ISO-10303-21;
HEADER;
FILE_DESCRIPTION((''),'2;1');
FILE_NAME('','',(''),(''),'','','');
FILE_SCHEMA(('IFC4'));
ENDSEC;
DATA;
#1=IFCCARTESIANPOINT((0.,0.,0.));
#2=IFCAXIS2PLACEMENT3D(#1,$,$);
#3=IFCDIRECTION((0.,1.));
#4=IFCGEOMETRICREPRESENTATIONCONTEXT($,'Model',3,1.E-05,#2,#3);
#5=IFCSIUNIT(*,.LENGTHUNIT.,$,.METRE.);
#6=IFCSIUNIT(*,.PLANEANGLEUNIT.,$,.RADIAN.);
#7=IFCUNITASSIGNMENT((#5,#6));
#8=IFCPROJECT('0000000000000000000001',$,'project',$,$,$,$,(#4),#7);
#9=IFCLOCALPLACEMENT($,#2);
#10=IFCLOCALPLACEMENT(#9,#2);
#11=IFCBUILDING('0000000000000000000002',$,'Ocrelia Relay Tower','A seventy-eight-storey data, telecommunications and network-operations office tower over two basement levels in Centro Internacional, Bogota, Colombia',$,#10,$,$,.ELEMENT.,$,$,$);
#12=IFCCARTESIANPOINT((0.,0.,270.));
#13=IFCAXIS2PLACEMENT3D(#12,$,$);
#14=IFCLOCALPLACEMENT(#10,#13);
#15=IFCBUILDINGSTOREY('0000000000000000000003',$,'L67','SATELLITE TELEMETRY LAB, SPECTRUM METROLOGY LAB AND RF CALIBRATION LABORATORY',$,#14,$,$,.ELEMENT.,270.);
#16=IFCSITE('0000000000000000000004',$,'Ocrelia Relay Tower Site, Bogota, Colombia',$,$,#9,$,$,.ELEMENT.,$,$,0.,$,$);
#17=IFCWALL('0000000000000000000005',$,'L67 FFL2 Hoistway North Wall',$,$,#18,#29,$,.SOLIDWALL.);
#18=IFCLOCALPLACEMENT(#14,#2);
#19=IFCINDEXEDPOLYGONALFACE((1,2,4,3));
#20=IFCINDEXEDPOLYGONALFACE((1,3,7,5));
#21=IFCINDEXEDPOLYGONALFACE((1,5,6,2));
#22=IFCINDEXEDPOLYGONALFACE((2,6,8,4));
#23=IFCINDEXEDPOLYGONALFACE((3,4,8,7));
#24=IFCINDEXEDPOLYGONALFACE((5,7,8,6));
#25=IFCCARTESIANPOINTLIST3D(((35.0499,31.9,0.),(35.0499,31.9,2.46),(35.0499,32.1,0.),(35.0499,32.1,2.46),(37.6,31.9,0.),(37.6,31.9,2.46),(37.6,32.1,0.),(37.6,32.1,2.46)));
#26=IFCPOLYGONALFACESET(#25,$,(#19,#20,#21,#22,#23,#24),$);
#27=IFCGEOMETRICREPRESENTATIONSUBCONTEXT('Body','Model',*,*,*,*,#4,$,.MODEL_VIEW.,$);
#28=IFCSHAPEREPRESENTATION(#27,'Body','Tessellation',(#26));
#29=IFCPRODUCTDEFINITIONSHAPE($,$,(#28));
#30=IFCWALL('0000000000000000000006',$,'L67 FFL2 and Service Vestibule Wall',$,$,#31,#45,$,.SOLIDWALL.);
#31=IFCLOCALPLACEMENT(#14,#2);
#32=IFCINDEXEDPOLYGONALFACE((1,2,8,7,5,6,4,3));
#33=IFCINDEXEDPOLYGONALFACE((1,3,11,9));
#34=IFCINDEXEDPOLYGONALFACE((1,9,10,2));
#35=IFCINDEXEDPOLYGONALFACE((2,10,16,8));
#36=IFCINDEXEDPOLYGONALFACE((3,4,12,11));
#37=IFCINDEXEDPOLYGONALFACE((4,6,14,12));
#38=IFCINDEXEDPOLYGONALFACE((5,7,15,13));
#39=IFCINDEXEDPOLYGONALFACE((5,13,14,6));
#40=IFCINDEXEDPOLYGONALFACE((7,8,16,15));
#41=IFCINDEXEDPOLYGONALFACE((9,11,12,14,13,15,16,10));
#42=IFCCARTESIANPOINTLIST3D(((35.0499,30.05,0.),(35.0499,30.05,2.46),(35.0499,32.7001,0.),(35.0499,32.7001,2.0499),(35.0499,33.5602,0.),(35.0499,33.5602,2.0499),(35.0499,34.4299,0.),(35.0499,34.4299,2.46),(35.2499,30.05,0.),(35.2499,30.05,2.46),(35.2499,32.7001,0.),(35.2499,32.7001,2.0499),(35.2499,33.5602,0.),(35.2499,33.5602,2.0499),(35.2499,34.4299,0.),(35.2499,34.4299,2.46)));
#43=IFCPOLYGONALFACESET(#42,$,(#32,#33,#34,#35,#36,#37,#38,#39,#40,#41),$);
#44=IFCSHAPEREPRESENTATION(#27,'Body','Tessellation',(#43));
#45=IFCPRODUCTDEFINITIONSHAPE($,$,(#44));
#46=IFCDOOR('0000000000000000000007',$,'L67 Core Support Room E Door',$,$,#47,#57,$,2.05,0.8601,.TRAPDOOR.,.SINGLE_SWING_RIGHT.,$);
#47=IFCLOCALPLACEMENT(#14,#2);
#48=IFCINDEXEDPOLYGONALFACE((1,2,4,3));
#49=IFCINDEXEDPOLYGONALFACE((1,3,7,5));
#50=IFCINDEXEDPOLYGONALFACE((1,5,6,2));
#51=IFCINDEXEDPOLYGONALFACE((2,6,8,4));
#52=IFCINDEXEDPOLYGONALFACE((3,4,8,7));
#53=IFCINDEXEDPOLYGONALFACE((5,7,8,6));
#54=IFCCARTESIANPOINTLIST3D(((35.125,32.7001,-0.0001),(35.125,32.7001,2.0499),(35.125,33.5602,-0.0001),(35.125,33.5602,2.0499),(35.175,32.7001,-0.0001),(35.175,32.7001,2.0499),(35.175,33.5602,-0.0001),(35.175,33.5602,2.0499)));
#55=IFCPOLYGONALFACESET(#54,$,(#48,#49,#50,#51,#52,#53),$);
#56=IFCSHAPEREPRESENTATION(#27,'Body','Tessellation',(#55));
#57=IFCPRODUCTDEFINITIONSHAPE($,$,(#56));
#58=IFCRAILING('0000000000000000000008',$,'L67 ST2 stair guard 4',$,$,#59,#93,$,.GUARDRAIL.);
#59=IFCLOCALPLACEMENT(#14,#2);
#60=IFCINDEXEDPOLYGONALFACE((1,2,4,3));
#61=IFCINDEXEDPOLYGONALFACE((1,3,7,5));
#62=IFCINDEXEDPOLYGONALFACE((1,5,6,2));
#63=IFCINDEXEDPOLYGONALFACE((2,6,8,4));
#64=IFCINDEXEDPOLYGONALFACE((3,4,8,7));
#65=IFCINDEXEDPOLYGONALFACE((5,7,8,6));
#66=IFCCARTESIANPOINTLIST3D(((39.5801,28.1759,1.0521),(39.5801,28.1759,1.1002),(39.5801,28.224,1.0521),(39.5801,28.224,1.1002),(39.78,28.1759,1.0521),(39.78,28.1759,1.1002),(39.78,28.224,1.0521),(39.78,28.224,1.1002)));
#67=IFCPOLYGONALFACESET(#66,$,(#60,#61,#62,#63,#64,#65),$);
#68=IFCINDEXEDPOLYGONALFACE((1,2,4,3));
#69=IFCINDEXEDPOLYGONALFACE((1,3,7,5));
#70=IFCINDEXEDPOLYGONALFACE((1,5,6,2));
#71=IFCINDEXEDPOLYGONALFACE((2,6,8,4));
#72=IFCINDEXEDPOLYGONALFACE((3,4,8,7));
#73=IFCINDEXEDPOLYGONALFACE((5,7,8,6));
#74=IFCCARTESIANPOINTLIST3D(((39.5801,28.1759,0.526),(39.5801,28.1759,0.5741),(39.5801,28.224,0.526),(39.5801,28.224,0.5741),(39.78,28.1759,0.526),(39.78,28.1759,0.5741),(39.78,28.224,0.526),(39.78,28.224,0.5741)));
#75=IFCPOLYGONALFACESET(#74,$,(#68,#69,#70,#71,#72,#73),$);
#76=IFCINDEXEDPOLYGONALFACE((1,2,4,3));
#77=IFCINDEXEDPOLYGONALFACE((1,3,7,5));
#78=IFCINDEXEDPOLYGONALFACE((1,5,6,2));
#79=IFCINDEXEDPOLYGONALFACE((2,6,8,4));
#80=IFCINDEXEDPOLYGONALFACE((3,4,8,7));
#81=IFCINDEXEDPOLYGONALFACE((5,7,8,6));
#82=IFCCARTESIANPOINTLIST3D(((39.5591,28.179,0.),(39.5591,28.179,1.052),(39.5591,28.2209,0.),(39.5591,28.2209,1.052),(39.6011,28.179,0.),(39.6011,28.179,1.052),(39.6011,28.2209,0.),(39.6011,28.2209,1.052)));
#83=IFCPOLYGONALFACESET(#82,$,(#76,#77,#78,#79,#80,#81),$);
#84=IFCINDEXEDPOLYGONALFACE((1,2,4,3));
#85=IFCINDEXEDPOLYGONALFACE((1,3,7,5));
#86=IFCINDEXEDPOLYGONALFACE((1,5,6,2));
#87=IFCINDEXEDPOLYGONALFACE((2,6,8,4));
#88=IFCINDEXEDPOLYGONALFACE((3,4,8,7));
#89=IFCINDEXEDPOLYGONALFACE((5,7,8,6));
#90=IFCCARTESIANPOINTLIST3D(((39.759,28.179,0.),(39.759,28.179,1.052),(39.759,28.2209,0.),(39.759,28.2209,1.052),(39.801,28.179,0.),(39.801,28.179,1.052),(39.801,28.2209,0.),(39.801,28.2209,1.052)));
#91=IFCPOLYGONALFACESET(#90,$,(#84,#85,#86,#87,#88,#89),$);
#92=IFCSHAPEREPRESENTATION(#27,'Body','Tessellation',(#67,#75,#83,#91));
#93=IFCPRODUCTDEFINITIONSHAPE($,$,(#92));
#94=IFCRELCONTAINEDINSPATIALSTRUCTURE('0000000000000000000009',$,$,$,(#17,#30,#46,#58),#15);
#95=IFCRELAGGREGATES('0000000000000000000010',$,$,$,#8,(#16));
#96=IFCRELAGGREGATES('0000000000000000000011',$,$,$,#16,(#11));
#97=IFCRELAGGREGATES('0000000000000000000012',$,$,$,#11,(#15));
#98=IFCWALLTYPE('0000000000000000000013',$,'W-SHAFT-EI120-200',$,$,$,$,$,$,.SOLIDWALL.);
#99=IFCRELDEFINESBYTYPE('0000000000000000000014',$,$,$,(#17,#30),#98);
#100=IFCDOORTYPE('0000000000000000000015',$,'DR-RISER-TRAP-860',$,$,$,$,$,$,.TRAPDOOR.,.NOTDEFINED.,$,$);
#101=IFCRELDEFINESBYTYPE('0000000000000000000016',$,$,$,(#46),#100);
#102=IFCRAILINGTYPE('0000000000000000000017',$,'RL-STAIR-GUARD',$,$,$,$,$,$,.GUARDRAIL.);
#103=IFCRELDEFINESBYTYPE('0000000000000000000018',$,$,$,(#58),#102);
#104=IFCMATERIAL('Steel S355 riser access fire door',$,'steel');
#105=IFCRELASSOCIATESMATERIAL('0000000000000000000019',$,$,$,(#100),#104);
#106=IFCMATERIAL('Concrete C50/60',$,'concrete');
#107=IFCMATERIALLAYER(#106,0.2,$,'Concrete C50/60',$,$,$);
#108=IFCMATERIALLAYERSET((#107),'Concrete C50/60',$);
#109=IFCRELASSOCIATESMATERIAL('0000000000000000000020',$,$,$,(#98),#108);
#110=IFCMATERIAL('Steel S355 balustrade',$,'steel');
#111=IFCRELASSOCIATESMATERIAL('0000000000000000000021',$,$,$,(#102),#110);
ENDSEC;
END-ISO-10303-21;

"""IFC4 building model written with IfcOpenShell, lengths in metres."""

from ifc_helpers import new_model, si_unit, direction, frame, frame_2d, origin, origin_2d, place, context, subcontext, project, spatial, rectangle, extrude, material, layer, layer_set, type_object, element, fill, save


model = new_model("IFC4")

# Units and contexts
model_context = context("Model", 3, precision=1e-05, world=origin(), true_north=direction((0.0, 1.0)))
body_context = subcontext(model_context, "Body", "Model", "MODEL_VIEW")
ifc_project = project(units=[si_unit("LENGTHUNIT", "METRE"), si_unit("PLANEANGLEUNIT", "RADIAN")], contexts=[model_context])

# Site, building, storey
site_placement = place(None, origin())
site = spatial("IfcSite", under=ifc_project, at=site_placement, Name="Ocrelia Relay Tower Site, Bogota, Colombia", CompositionType="ELEMENT", RefElevation=0.0)
building_placement = place(site_placement, origin())
building = spatial("IfcBuilding", under=site, at=building_placement, Name="Ocrelia Relay Tower", Description="A seventy-eight-storey data, telecommunications and network-operations office tower over two basement levels in Centro Internacional, Bogota, Colombia", CompositionType="ELEMENT")
storey_placement = place(building_placement, frame((0.0, 0.0, 270.0)))
storey = spatial("IfcBuildingStorey", under=building, at=storey_placement, Name="L67", Description="SATELLITE TELEMETRY LAB, SPECTRUM METROLOGY LAB AND RF CALIBRATION LABORATORY", CompositionType="ELEMENT", Elevation=270.0)

# Shared definitions
ifc_material_1 = material(Name="Concrete C50/60", Category="concrete")

# Shared definitions
ifc_material_2 = material(Name="Steel S355 riser access fire door", Category="steel")
door_type_1 = type_object("IfcDoorType", Name="DR-RISER-TRAP-860", OperationType="NOTDEFINED", PredefinedType="TRAPDOOR", material=ifc_material_2)
ifc_layer_1 = layer(ifc_material_1, 0.2, Name="Concrete C50/60")
ifc_layer_set_1 = layer_set([ifc_layer_1], Name="Concrete C50/60")
wall_type_1 = type_object("IfcWallType", Name="W-SHAFT-EI120-200", PredefinedType="SOLIDWALL", material=ifc_layer_set_1)

# Wall
wall_1_placement = place(storey_placement, frame((35.05, 32.0, 0.0), z_axis=(0.0, 0.0, 1.0), x_axis=(1.0, 0.0, 0.0)))
element("IfcWall", 1, at=wall_1_placement, inside=storey, type_object=wall_type_1, Name="L67 FFL2 Hoistway North Wall", PredefinedType="SOLIDWALL", context=body_context, shape_type="SweptSolid", body=[
    extrude(rectangle(XDim=2.55, YDim=0.2, at=frame_2d((1.2749, 0.0))), origin(), (0.0, 0.0, 1.0), 2.46),
])

# Wall, opening, door
wall_2_placement = place(storey_placement, frame((35.1499, 30.05, 0.0), z_axis=(0.0, 0.0, 1.0), x_axis=(0.0, 1.0, 0.0)))
wall_2 = element("IfcWall", 2, at=wall_2_placement, inside=storey, type_object=wall_type_1, Name="L67 FFL2 and Service Vestibule Wall", PredefinedType="SOLIDWALL", context=body_context, shape_type="SweptSolid", body=[
    extrude(rectangle(XDim=4.3799, YDim=0.2, at=frame_2d((2.1899, 0.0))), origin(), (0.0, 0.0, 1.0), 2.46),
])
opening_1_placement = place(wall_2_placement, frame((2.6499, 0.0, 0.0)))
opening_1 = element("IfcOpeningElement", 3, at=opening_1_placement, cuts=wall_2, PredefinedType="OPENING", context=body_context, shape_type="SweptSolid", body=[
    extrude(rectangle(XDim=0.8601, YDim=2.05, at=frame_2d((0.4302, 1.0249))), frame((0.0, 0.1099, 0.0), z_axis=(0.0, -1.0, 0.0), x_axis=(1.0, 0.0, 0.0)), (0.0, 0.0, 1.0), 0.22),
])
door_1_placement = place(opening_1_placement, origin())
door_1 = element("IfcDoor", 4, at=door_1_placement, inside=storey, type_object=door_type_1, Name="L67 Core Support Room E Door", OperationType="SINGLE_SWING_RIGHT", OverallHeight=2.05, OverallWidth=0.8601, PredefinedType="TRAPDOOR", context=body_context, shape_type="SweptSolid", body=[
    extrude(rectangle(XDim=0.8601, YDim=2.05, at=frame_2d((0.4302, 1.0249))), frame((0.0, 0.0249, 0.0), z_axis=(0.0, -1.0, 0.0), x_axis=(1.0, 0.0, 0.0)), (0.0, 0.0, 1.0), 0.05),
])
fill(opening_1, door_1)

# Railing
ifc_material_3 = material(Name="Steel S355 balustrade", Category="steel")
railing_type = type_object("IfcRailingType", Name="RL-STAIR-GUARD", PredefinedType="GUARDRAIL", material=ifc_material_3)
railing_placement = place(storey_placement, frame((39.5801, 28.2, 0.0)))
element("IfcRailing", 5, at=railing_placement, inside=storey, type_object=railing_type, Name="L67 ST2 stair guard 4", PredefinedType="GUARDRAIL", context=body_context, shape_type="SweptSolid", body=[
    extrude(rectangle(XDim=0.0481, YDim=0.0481, at=origin_2d()), frame((0.0, 0.0, 1.0762), z_axis=(1.0, 0.0, 0.0), x_axis=(0.0, 1.0, 0.0)), (0.0, 0.0, 1.0), 0.2),
    extrude(rectangle(XDim=0.0481, YDim=0.0481, at=origin_2d()), frame((0.0, 0.0, 0.55), z_axis=(1.0, 0.0, 0.0), x_axis=(0.0, 1.0, 0.0)), (0.0, 0.0, 1.0), 0.2),
    extrude(rectangle(XDim=0.042, YDim=0.042, at=origin_2d()), origin(), (0.0, 0.0, 1.0), 1.052),
    extrude(rectangle(XDim=0.042, YDim=0.042, at=origin_2d()), frame((0.2, 0.0, 0.0)), (0.0, 0.0, 1.0), 1.052),
])

save(model, "model.ifc")
